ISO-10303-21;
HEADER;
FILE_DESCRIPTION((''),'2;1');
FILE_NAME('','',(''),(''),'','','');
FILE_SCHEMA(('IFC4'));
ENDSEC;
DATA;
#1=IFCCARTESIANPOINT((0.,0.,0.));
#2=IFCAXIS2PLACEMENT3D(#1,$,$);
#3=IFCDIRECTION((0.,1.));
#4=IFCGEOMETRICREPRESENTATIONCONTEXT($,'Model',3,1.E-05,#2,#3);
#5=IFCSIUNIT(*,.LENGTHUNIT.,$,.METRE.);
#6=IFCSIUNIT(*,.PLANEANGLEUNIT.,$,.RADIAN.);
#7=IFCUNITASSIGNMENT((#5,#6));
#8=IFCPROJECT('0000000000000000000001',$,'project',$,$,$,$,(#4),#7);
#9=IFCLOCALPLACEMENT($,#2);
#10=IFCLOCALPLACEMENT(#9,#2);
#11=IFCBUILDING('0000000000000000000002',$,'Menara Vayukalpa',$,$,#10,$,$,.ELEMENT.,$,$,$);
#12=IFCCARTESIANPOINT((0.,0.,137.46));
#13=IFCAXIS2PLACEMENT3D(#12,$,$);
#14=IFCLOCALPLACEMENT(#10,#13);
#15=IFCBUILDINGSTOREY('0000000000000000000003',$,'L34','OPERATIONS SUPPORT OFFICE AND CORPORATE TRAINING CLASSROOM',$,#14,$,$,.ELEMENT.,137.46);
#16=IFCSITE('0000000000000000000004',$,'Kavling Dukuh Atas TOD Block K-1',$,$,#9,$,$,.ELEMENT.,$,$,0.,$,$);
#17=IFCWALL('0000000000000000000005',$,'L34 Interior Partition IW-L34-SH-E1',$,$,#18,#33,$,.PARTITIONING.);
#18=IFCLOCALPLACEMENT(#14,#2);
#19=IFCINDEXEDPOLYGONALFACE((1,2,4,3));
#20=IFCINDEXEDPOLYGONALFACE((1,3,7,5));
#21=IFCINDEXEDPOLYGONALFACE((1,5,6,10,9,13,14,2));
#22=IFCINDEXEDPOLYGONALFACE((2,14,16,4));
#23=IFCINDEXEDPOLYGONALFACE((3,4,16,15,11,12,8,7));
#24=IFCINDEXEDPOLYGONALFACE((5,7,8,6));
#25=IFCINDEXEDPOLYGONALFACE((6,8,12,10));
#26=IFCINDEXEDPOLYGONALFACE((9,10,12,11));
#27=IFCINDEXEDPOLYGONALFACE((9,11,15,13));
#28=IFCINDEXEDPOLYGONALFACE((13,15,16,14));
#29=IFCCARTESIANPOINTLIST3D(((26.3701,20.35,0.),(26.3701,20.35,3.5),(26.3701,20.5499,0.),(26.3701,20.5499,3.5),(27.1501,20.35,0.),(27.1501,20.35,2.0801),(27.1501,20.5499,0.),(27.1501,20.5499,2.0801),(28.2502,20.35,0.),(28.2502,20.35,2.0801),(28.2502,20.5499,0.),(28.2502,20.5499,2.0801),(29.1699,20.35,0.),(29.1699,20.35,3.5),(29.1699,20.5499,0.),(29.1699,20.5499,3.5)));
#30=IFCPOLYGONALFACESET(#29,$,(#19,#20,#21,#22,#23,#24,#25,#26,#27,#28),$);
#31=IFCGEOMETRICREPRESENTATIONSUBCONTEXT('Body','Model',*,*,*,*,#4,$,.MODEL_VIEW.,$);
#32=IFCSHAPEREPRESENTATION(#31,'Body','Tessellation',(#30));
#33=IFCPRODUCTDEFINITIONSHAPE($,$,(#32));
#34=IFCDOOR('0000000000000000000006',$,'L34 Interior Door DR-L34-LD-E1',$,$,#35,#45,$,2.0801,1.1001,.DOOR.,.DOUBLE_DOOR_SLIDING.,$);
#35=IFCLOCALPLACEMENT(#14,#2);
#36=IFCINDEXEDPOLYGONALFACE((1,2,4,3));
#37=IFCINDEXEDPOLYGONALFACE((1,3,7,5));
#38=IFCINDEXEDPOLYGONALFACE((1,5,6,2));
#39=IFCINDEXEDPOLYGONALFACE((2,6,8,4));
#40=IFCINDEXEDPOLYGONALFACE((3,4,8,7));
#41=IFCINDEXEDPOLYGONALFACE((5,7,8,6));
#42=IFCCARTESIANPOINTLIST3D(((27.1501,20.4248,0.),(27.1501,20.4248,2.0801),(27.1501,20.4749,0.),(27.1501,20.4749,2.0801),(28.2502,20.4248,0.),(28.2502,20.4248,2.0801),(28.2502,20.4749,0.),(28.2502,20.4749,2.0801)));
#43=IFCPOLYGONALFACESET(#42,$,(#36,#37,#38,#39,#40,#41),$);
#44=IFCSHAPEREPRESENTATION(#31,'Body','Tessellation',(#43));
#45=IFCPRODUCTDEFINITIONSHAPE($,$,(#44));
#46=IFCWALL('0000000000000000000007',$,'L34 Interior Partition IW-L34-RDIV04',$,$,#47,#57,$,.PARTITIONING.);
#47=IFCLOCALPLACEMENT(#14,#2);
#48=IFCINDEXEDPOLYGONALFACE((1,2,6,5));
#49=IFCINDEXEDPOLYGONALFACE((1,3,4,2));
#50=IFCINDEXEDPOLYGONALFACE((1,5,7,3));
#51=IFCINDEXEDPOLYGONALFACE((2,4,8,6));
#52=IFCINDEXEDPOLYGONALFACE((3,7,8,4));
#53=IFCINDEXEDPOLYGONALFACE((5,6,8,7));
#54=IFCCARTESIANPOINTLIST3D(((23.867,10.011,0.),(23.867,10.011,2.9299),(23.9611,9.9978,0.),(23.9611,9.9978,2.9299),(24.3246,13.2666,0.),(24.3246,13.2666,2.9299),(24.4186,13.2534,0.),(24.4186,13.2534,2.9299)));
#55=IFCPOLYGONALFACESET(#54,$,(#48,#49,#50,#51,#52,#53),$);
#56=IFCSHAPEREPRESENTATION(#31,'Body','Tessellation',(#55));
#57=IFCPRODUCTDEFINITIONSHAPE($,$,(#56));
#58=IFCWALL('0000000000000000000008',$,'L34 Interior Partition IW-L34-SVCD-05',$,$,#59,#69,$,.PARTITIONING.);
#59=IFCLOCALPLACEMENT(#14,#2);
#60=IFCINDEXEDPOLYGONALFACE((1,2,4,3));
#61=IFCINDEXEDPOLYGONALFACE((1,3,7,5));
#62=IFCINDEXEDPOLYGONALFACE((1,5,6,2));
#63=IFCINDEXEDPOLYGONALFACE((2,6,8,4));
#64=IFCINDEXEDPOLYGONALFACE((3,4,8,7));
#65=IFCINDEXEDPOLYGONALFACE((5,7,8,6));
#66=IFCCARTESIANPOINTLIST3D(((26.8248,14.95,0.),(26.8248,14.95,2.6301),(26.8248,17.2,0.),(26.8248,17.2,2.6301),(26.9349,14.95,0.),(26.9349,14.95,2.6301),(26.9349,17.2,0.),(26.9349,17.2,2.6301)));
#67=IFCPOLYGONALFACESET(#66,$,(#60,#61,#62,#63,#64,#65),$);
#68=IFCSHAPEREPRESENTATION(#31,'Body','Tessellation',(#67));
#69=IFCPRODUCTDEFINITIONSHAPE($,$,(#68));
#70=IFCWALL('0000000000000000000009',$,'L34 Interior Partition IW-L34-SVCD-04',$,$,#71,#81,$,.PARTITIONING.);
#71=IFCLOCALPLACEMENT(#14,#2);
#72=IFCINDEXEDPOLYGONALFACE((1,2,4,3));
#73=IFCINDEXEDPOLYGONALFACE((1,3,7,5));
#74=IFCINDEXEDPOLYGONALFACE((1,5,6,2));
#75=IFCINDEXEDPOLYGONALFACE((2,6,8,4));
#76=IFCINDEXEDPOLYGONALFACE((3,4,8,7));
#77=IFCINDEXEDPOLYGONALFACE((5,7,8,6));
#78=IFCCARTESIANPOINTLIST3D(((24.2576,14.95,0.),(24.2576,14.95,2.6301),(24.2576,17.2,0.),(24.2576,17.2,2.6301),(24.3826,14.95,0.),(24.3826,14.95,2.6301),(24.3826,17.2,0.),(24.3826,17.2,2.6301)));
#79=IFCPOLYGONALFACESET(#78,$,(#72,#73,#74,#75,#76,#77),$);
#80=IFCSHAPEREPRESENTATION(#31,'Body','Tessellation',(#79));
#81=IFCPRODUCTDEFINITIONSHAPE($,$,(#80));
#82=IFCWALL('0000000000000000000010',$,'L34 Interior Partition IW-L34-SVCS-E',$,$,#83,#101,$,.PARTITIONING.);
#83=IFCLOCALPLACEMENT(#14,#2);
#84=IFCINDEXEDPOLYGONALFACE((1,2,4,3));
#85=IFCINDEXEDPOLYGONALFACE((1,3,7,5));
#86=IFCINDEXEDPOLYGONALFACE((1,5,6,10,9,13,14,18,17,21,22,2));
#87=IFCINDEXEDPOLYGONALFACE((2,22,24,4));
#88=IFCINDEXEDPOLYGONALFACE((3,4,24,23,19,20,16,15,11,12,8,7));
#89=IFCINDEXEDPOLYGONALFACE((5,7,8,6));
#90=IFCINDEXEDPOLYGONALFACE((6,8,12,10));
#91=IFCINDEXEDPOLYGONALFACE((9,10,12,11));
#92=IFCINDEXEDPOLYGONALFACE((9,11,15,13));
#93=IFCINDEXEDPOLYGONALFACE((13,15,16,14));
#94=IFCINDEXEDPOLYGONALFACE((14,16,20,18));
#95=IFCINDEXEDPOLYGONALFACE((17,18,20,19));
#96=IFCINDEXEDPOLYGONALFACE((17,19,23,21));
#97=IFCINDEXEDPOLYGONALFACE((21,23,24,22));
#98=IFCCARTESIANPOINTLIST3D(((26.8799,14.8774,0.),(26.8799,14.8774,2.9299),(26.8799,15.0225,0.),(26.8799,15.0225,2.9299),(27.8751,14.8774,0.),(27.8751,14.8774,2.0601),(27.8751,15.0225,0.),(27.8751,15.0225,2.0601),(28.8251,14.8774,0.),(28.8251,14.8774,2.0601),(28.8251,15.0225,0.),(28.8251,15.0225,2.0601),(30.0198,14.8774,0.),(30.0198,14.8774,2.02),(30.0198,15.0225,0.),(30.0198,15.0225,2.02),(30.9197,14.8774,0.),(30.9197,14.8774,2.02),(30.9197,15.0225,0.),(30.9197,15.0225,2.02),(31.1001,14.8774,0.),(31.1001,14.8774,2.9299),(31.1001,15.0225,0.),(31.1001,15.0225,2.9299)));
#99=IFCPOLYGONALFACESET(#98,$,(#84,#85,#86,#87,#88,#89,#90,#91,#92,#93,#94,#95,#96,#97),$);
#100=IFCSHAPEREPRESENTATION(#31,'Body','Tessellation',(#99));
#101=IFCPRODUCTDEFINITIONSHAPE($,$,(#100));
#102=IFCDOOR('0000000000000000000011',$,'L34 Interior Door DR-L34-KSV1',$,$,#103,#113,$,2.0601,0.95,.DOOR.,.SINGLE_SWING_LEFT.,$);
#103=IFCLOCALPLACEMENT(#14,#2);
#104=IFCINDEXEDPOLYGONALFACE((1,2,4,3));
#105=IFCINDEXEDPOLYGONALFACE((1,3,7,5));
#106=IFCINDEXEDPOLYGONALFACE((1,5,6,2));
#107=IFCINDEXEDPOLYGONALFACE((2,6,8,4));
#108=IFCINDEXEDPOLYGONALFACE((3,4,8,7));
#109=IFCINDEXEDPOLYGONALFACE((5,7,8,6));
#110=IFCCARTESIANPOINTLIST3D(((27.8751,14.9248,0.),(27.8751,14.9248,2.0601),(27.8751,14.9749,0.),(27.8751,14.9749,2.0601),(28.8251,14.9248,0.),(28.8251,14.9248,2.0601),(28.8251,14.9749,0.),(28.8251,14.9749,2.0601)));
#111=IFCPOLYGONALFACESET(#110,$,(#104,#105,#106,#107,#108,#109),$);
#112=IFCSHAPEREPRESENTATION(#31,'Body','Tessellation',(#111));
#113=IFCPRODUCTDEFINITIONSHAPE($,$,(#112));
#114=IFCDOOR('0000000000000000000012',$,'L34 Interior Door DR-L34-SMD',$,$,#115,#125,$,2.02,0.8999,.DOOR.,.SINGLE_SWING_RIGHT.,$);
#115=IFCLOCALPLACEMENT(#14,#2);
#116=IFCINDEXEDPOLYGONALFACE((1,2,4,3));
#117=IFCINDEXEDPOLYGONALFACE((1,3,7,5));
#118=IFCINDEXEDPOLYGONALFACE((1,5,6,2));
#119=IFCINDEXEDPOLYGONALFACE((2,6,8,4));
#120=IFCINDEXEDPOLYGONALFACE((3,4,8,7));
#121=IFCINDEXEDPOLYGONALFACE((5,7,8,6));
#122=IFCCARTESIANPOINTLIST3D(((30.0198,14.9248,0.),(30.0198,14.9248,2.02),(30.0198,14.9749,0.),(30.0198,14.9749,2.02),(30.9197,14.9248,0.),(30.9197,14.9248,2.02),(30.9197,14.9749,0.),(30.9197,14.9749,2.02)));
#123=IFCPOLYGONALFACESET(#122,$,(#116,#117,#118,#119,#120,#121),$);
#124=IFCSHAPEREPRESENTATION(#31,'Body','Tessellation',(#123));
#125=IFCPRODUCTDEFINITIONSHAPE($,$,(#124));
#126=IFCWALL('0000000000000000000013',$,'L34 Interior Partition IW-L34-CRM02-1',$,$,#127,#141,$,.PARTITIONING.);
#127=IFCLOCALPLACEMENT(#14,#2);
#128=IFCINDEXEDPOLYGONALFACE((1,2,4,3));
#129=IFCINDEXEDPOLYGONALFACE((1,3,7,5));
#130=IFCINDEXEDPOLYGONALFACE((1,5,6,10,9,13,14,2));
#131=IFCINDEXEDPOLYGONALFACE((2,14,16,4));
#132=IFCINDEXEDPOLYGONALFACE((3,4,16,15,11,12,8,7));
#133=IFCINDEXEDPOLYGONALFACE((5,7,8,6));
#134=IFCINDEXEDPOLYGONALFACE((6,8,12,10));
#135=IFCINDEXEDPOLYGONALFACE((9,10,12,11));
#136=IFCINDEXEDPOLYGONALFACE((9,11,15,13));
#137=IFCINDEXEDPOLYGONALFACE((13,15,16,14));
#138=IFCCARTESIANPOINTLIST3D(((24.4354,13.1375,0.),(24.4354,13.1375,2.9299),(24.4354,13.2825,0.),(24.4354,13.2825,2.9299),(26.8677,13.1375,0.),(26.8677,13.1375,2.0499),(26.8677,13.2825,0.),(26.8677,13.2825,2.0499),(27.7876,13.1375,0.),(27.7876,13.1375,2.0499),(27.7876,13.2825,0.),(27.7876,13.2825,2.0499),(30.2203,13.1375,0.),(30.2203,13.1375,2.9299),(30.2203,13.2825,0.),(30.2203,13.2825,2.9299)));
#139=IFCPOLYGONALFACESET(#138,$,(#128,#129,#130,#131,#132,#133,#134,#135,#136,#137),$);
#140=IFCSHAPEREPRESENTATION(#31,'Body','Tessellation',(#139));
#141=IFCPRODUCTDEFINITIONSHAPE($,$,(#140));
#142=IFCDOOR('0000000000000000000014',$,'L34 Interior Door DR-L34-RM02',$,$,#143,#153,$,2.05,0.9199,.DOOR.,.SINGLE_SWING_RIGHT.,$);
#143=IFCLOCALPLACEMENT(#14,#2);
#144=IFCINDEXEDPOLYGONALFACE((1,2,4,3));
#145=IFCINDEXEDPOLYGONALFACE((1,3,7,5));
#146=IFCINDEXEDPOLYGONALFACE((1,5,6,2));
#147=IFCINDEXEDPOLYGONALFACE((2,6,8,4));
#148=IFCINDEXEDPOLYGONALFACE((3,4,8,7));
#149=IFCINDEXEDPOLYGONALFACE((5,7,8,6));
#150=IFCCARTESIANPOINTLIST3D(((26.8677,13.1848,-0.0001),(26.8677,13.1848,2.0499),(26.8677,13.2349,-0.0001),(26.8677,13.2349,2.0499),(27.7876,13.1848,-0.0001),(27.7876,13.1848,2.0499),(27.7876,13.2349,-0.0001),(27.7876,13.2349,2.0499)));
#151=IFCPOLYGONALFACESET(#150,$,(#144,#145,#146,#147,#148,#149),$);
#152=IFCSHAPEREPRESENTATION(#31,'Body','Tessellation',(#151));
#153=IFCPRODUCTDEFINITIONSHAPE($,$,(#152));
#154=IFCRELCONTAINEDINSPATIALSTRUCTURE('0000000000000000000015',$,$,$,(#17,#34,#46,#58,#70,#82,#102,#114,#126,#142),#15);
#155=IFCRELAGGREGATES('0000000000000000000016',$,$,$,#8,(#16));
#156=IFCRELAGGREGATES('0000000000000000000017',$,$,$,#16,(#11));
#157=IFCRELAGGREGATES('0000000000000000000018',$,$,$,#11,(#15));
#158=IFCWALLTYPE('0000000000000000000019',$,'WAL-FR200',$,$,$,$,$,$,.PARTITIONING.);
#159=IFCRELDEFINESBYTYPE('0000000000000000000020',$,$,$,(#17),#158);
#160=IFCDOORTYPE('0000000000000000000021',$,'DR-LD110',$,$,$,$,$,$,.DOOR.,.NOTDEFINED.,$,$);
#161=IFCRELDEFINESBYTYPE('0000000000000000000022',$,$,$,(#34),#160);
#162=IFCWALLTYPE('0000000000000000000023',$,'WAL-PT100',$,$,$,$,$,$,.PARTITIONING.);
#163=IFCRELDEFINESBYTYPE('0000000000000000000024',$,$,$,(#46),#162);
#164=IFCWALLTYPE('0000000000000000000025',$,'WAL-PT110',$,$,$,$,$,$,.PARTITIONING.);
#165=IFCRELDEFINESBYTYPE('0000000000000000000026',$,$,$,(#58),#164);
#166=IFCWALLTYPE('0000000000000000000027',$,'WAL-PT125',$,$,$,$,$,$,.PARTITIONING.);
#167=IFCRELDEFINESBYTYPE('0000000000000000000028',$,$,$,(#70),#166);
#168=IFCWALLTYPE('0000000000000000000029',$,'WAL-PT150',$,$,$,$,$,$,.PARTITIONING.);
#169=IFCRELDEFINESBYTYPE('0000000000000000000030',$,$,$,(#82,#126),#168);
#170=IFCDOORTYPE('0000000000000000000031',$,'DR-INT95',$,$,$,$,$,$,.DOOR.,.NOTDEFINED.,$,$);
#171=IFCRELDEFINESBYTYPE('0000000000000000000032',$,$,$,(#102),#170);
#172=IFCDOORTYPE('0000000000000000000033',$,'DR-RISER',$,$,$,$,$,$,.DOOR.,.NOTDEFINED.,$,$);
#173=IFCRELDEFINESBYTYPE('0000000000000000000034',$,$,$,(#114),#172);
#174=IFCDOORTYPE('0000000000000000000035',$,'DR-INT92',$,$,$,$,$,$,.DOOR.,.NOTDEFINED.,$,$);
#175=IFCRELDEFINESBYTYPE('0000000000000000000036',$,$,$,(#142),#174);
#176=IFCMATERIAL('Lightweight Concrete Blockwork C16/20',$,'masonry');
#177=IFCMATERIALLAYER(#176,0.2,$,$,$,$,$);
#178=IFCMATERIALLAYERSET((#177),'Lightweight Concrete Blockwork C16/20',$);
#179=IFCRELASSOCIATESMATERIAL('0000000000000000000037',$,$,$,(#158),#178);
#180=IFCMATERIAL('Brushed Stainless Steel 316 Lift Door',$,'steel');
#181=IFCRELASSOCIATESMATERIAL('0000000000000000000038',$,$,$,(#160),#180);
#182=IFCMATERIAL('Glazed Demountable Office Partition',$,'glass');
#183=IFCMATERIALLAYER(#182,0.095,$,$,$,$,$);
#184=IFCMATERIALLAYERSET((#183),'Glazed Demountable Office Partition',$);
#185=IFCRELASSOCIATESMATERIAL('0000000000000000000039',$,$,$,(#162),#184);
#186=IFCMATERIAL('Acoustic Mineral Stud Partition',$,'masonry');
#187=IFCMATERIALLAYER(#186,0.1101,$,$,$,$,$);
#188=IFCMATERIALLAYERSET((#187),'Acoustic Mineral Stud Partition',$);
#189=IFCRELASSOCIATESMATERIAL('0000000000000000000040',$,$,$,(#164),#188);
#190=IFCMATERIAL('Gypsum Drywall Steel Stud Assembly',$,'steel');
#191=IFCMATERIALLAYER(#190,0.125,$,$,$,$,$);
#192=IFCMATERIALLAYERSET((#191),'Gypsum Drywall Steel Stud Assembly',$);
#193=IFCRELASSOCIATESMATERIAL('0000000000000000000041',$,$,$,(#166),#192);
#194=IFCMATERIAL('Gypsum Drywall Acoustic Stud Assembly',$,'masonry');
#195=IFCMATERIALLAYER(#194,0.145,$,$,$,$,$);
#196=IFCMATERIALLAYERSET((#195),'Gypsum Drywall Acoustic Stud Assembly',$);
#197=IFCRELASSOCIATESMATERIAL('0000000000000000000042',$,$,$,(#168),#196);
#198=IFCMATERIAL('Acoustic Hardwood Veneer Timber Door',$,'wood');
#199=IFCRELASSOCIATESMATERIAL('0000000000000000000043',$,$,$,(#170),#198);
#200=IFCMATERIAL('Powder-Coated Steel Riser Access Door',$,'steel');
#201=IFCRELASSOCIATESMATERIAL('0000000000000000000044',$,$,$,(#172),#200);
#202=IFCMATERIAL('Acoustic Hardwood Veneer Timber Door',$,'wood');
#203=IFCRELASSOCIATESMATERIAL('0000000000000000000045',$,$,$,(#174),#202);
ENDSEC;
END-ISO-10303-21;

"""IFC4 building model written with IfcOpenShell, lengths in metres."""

from ifc_helpers import new_model, si_unit, direction, frame, frame_2d, origin, place, context, subcontext, project, spatial, rectangle, extrude, material, layer, layer_set, type_object, element, fill, save


model = new_model("IFC4")

# Units and contexts
model_context = context("Model", 3, precision=1e-05, world=origin(), true_north=direction((0.0, 1.0)))
body_context = subcontext(model_context, "Body", "Model", "MODEL_VIEW")
ifc_project = project(units=[si_unit("LENGTHUNIT", "METRE"), si_unit("PLANEANGLEUNIT", "RADIAN")], contexts=[model_context])

# Site, building, storey
site_placement = place(None, origin())
site = spatial("IfcSite", under=ifc_project, at=site_placement, Name="Kavling Dukuh Atas TOD Block K-1", CompositionType="ELEMENT", RefElevation=0.0)
building_placement = place(site_placement, origin())
building = spatial("IfcBuilding", under=site, at=building_placement, Name="Menara Vayukalpa", CompositionType="ELEMENT")
storey_placement = place(building_placement, frame((0.0, 0.0, 137.46)))
storey = spatial("IfcBuildingStorey", under=building, at=storey_placement, Name="L34", Description="OPERATIONS SUPPORT OFFICE AND CORPORATE TRAINING CLASSROOM", CompositionType="ELEMENT", Elevation=137.46)

# Wall, opening, door
ifc_material_1 = material(Name="Lightweight Concrete Blockwork C16/20", Category="masonry")
ifc_layer_1 = layer(ifc_material_1, 0.2)
ifc_layer_set_1 = layer_set([ifc_layer_1], Name="Lightweight Concrete Blockwork C16/20")
wall_type_1 = type_object("IfcWallType", Name="WAL-FR200", PredefinedType="PARTITIONING", material=ifc_layer_set_1)
wall_1_placement = place(storey_placement, frame((26.3701, 20.45, 0.0), z_axis=(0.0, 0.0, 1.0), x_axis=(1.0, 0.0, 0.0)))
wall_1 = element("IfcWall", 1, at=wall_1_placement, inside=storey, type_object=wall_type_1, Name="L34 Interior Partition IW-L34-SH-E1", PredefinedType="PARTITIONING", context=body_context, shape_type="SweptSolid", body=[
    extrude(rectangle(XDim=2.7998, YDim=0.2, at=frame_2d((1.3999, 0.0))), origin(), (0.0, 0.0, 1.0), 3.5),
])
opening_1_placement = place(wall_1_placement, frame((0.78, 0.0, 0.0)))
opening_1 = element("IfcOpeningElement", 2, at=opening_1_placement, cuts=wall_1, PredefinedType="OPENING", context=body_context, shape_type="SweptSolid", body=[
    extrude(rectangle(XDim=1.1001, YDim=2.0801, at=frame_2d((0.55, 1.04))), frame((0.0, 0.1099, 0.0), z_axis=(0.0, -1.0, 0.0), x_axis=(1.0, 0.0, 0.0)), (0.0, 0.0, 1.0), 0.22),
])
ifc_material_2 = material(Name="Brushed Stainless Steel 316 Lift Door", Category="steel")
door_type_1 = type_object("IfcDoorType", Name="DR-LD110", OperationType="NOTDEFINED", PredefinedType="DOOR", material=ifc_material_2)
door_1_placement = place(opening_1_placement, origin())
door_1 = element("IfcDoor", 3, at=door_1_placement, inside=storey, type_object=door_type_1, Name="L34 Interior Door DR-L34-LD-E1", OperationType="DOUBLE_DOOR_SLIDING", OverallHeight=2.0801, OverallWidth=1.1001, PredefinedType="DOOR", context=body_context, shape_type="SweptSolid", body=[
    extrude(rectangle(XDim=1.1001, YDim=2.0801, at=frame_2d((0.55, 1.04))), frame((0.0, 0.0249, 0.0), z_axis=(0.0, -1.0, 0.0), x_axis=(1.0, 0.0, 0.0)), (0.0, 0.0, 1.0), 0.05),
])
fill(opening_1, door_1)

# Walls
ifc_material_3 = material(Name="Glazed Demountable Office Partition", Category="glass")
ifc_layer_2 = layer(ifc_material_3, 0.095)
ifc_layer_set_2 = layer_set([ifc_layer_2], Name="Glazed Demountable Office Partition")
wall_type_2 = type_object("IfcWallType", Name="WAL-PT100", PredefinedType="PARTITIONING", material=ifc_layer_set_2)
wall_2_placement = place(storey_placement, frame((24.3716, 13.26, 0.0), z_axis=(0.0, 0.0, 1.0), x_axis=(-0.139165, -0.990269, 0.0)))
element("IfcWall", 4, at=wall_2_placement, inside=storey, type_object=wall_type_2, Name="L34 Interior Partition IW-L34-RDIV04", PredefinedType="PARTITIONING", context=body_context, shape_type="SweptSolid", body=[
    extrude(rectangle(XDim=3.2876, YDim=0.095, at=frame_2d((1.6438, 0.0))), origin(), (0.0, 0.0, 1.0), 2.9299),
])
ifc_material_4 = material(Name="Acoustic Mineral Stud Partition", Category="masonry")
ifc_layer_3 = layer(ifc_material_4, 0.1101)
ifc_layer_set_3 = layer_set([ifc_layer_3], Name="Acoustic Mineral Stud Partition")
wall_type_3 = type_object("IfcWallType", Name="WAL-PT110", PredefinedType="PARTITIONING", material=ifc_layer_set_3)
wall_3_placement = place(storey_placement, frame((26.8799, 14.95, 0.0), z_axis=(0.0, 0.0, 1.0), x_axis=(0.0, 1.0, 0.0)))
element("IfcWall", 5, at=wall_3_placement, inside=storey, type_object=wall_type_3, Name="L34 Interior Partition IW-L34-SVCD-05", PredefinedType="PARTITIONING", context=body_context, shape_type="SweptSolid", body=[
    extrude(rectangle(XDim=2.25, YDim=0.1101, at=frame_2d((1.125, 0.0))), origin(), (0.0, 0.0, 1.0), 2.6301),
])
ifc_material_5 = material(Name="Gypsum Drywall Steel Stud Assembly", Category="steel")
ifc_layer_4 = layer(ifc_material_5, 0.125)
ifc_layer_set_4 = layer_set([ifc_layer_4], Name="Gypsum Drywall Steel Stud Assembly")
wall_type_4 = type_object("IfcWallType", Name="WAL-PT125", PredefinedType="PARTITIONING", material=ifc_layer_set_4)
wall_4_placement = place(storey_placement, frame((24.3201, 14.95, 0.0), z_axis=(0.0, 0.0, 1.0), x_axis=(0.0, 1.0, 0.0)))
element("IfcWall", 6, at=wall_4_placement, inside=storey, type_object=wall_type_4, Name="L34 Interior Partition IW-L34-SVCD-04", PredefinedType="PARTITIONING", context=body_context, shape_type="SweptSolid", body=[
    extrude(rectangle(XDim=2.25, YDim=0.125, at=frame_2d((1.125, 0.0))), origin(), (0.0, 0.0, 1.0), 2.6301),
])

# Wall, openings, doors
ifc_material_6 = material(Name="Gypsum Drywall Acoustic Stud Assembly", Category="masonry")
ifc_layer_5 = layer(ifc_material_6, 0.145)
ifc_layer_set_5 = layer_set([ifc_layer_5], Name="Gypsum Drywall Acoustic Stud Assembly")
wall_type_5 = type_object("IfcWallType", Name="WAL-PT150", PredefinedType="PARTITIONING", material=ifc_layer_set_5)
wall_5_placement = place(storey_placement, frame((26.8799, 14.95, 0.0), z_axis=(0.0, 0.0, 1.0), x_axis=(1.0, 0.0, 0.0)))
wall_5 = element("IfcWall", 7, at=wall_5_placement, inside=storey, type_object=wall_type_5, Name="L34 Interior Partition IW-L34-SVCS-E", PredefinedType="PARTITIONING", context=body_context, shape_type="SweptSolid", body=[
    extrude(rectangle(XDim=4.2202, YDim=0.145, at=frame_2d((2.1101, 0.0))), origin(), (0.0, 0.0, 1.0), 2.9299),
])
opening_2_placement = place(wall_5_placement, frame((0.9951, 0.0, 0.0)))
opening_2 = element("IfcOpeningElement", 8, at=opening_2_placement, cuts=wall_5, PredefinedType="OPENING", context=body_context, shape_type="SweptSolid", body=[
    extrude(rectangle(XDim=0.95, YDim=2.0601, at=frame_2d((0.4751, 1.03))), frame((0.0, 0.0825, 0.0), z_axis=(0.0, -1.0, 0.0), x_axis=(1.0, 0.0, 0.0)), (0.0, 0.0, 1.0), 0.165),
])
opening_3_placement = place(wall_5_placement, frame((3.1399, 0.0, 0.0)))
opening_3 = element("IfcOpeningElement", 9, at=opening_3_placement, cuts=wall_5, PredefinedType="OPENING", context=body_context, shape_type="SweptSolid", body=[
    extrude(rectangle(XDim=0.8999, YDim=2.02, at=frame_2d((0.45, 1.01))), frame((0.0, 0.0825, 0.0), z_axis=(0.0, -1.0, 0.0), x_axis=(1.0, 0.0, 0.0)), (0.0, 0.0, 1.0), 0.165),
])
ifc_material_7 = material(Name="Acoustic Hardwood Veneer Timber Door", Category="wood")
door_type_2 = type_object("IfcDoorType", Name="DR-INT95", OperationType="NOTDEFINED", PredefinedType="DOOR", material=ifc_material_7)
door_2_placement = place(opening_2_placement, origin())
door_2 = element("IfcDoor", 10, at=door_2_placement, inside=storey, type_object=door_type_2, Name="L34 Interior Door DR-L34-KSV1", OperationType="SINGLE_SWING_LEFT", OverallHeight=2.0601, OverallWidth=0.95, PredefinedType="DOOR", context=body_context, shape_type="SweptSolid", body=[
    extrude(rectangle(XDim=0.95, YDim=2.0601, at=frame_2d((0.4751, 1.03))), frame((0.0, 0.0249, 0.0), z_axis=(0.0, -1.0, 0.0), x_axis=(1.0, 0.0, 0.0)), (0.0, 0.0, 1.0), 0.05),
])
fill(opening_2, door_2)
ifc_material_8 = material(Name="Powder-Coated Steel Riser Access Door", Category="steel")
door_type_3 = type_object("IfcDoorType", Name="DR-RISER", OperationType="NOTDEFINED", PredefinedType="DOOR", material=ifc_material_8)
door_3_placement = place(opening_3_placement, origin())
door_3 = element("IfcDoor", 11, at=door_3_placement, inside=storey, type_object=door_type_3, Name="L34 Interior Door DR-L34-SMD", OperationType="SINGLE_SWING_RIGHT", OverallHeight=2.02, OverallWidth=0.8999, PredefinedType="DOOR", context=body_context, shape_type="SweptSolid", body=[
    extrude(rectangle(XDim=0.8999, YDim=2.02, at=frame_2d((0.45, 1.01))), frame((0.0, 0.0249, 0.0), z_axis=(0.0, -1.0, 0.0), x_axis=(1.0, 0.0, 0.0)), (0.0, 0.0, 1.0), 0.05),
])
fill(opening_3, door_3)

# Wall, opening, door
wall_6_placement = place(storey_placement, frame((24.4353, 13.21, 0.0), z_axis=(0.0, 0.0, 1.0), x_axis=(1.0, 0.0, 0.0)))
wall_6 = element("IfcWall", 12, at=wall_6_placement, inside=storey, type_object=wall_type_5, Name="L34 Interior Partition IW-L34-CRM02-1", PredefinedType="PARTITIONING", context=body_context, shape_type="SweptSolid", body=[
    extrude(rectangle(XDim=5.7849, YDim=0.145, at=frame_2d((2.8926, 0.0))), origin(), (0.0, 0.0, 1.0), 2.9299),
])
opening_4_placement = place(wall_6_placement, frame((2.4324, 0.0, 0.0)))
opening_4 = element("IfcOpeningElement", 13, at=opening_4_placement, cuts=wall_6, PredefinedType="OPENING", context=body_context, shape_type="SweptSolid", body=[
    extrude(rectangle(XDim=0.9199, YDim=2.05, at=frame_2d((0.46, 1.0249))), frame((0.0, 0.0825, 0.0), z_axis=(0.0, -1.0, 0.0), x_axis=(1.0, 0.0, 0.0)), (0.0, 0.0, 1.0), 0.165),
])
ifc_material_9 = material(Name="Acoustic Hardwood Veneer Timber Door", Category="wood")
door_type_4 = type_object("IfcDoorType", Name="DR-INT92", OperationType="NOTDEFINED", PredefinedType="DOOR", material=ifc_material_9)
door_4_placement = place(opening_4_placement, origin())
door_4 = element("IfcDoor", 14, at=door_4_placement, inside=storey, type_object=door_type_4, Name="L34 Interior Door DR-L34-RM02", OperationType="SINGLE_SWING_RIGHT", OverallHeight=2.05, OverallWidth=0.9199, PredefinedType="DOOR", context=body_context, shape_type="SweptSolid", body=[
    extrude(rectangle(XDim=0.9199, YDim=2.05, at=frame_2d((0.46, 1.0249))), frame((0.0, 0.0249, 0.0), z_axis=(0.0, -1.0, 0.0), x_axis=(1.0, 0.0, 0.0)), (0.0, 0.0, 1.0), 0.05),
])
fill(opening_4, door_4)

save(model, "model.ifc")
